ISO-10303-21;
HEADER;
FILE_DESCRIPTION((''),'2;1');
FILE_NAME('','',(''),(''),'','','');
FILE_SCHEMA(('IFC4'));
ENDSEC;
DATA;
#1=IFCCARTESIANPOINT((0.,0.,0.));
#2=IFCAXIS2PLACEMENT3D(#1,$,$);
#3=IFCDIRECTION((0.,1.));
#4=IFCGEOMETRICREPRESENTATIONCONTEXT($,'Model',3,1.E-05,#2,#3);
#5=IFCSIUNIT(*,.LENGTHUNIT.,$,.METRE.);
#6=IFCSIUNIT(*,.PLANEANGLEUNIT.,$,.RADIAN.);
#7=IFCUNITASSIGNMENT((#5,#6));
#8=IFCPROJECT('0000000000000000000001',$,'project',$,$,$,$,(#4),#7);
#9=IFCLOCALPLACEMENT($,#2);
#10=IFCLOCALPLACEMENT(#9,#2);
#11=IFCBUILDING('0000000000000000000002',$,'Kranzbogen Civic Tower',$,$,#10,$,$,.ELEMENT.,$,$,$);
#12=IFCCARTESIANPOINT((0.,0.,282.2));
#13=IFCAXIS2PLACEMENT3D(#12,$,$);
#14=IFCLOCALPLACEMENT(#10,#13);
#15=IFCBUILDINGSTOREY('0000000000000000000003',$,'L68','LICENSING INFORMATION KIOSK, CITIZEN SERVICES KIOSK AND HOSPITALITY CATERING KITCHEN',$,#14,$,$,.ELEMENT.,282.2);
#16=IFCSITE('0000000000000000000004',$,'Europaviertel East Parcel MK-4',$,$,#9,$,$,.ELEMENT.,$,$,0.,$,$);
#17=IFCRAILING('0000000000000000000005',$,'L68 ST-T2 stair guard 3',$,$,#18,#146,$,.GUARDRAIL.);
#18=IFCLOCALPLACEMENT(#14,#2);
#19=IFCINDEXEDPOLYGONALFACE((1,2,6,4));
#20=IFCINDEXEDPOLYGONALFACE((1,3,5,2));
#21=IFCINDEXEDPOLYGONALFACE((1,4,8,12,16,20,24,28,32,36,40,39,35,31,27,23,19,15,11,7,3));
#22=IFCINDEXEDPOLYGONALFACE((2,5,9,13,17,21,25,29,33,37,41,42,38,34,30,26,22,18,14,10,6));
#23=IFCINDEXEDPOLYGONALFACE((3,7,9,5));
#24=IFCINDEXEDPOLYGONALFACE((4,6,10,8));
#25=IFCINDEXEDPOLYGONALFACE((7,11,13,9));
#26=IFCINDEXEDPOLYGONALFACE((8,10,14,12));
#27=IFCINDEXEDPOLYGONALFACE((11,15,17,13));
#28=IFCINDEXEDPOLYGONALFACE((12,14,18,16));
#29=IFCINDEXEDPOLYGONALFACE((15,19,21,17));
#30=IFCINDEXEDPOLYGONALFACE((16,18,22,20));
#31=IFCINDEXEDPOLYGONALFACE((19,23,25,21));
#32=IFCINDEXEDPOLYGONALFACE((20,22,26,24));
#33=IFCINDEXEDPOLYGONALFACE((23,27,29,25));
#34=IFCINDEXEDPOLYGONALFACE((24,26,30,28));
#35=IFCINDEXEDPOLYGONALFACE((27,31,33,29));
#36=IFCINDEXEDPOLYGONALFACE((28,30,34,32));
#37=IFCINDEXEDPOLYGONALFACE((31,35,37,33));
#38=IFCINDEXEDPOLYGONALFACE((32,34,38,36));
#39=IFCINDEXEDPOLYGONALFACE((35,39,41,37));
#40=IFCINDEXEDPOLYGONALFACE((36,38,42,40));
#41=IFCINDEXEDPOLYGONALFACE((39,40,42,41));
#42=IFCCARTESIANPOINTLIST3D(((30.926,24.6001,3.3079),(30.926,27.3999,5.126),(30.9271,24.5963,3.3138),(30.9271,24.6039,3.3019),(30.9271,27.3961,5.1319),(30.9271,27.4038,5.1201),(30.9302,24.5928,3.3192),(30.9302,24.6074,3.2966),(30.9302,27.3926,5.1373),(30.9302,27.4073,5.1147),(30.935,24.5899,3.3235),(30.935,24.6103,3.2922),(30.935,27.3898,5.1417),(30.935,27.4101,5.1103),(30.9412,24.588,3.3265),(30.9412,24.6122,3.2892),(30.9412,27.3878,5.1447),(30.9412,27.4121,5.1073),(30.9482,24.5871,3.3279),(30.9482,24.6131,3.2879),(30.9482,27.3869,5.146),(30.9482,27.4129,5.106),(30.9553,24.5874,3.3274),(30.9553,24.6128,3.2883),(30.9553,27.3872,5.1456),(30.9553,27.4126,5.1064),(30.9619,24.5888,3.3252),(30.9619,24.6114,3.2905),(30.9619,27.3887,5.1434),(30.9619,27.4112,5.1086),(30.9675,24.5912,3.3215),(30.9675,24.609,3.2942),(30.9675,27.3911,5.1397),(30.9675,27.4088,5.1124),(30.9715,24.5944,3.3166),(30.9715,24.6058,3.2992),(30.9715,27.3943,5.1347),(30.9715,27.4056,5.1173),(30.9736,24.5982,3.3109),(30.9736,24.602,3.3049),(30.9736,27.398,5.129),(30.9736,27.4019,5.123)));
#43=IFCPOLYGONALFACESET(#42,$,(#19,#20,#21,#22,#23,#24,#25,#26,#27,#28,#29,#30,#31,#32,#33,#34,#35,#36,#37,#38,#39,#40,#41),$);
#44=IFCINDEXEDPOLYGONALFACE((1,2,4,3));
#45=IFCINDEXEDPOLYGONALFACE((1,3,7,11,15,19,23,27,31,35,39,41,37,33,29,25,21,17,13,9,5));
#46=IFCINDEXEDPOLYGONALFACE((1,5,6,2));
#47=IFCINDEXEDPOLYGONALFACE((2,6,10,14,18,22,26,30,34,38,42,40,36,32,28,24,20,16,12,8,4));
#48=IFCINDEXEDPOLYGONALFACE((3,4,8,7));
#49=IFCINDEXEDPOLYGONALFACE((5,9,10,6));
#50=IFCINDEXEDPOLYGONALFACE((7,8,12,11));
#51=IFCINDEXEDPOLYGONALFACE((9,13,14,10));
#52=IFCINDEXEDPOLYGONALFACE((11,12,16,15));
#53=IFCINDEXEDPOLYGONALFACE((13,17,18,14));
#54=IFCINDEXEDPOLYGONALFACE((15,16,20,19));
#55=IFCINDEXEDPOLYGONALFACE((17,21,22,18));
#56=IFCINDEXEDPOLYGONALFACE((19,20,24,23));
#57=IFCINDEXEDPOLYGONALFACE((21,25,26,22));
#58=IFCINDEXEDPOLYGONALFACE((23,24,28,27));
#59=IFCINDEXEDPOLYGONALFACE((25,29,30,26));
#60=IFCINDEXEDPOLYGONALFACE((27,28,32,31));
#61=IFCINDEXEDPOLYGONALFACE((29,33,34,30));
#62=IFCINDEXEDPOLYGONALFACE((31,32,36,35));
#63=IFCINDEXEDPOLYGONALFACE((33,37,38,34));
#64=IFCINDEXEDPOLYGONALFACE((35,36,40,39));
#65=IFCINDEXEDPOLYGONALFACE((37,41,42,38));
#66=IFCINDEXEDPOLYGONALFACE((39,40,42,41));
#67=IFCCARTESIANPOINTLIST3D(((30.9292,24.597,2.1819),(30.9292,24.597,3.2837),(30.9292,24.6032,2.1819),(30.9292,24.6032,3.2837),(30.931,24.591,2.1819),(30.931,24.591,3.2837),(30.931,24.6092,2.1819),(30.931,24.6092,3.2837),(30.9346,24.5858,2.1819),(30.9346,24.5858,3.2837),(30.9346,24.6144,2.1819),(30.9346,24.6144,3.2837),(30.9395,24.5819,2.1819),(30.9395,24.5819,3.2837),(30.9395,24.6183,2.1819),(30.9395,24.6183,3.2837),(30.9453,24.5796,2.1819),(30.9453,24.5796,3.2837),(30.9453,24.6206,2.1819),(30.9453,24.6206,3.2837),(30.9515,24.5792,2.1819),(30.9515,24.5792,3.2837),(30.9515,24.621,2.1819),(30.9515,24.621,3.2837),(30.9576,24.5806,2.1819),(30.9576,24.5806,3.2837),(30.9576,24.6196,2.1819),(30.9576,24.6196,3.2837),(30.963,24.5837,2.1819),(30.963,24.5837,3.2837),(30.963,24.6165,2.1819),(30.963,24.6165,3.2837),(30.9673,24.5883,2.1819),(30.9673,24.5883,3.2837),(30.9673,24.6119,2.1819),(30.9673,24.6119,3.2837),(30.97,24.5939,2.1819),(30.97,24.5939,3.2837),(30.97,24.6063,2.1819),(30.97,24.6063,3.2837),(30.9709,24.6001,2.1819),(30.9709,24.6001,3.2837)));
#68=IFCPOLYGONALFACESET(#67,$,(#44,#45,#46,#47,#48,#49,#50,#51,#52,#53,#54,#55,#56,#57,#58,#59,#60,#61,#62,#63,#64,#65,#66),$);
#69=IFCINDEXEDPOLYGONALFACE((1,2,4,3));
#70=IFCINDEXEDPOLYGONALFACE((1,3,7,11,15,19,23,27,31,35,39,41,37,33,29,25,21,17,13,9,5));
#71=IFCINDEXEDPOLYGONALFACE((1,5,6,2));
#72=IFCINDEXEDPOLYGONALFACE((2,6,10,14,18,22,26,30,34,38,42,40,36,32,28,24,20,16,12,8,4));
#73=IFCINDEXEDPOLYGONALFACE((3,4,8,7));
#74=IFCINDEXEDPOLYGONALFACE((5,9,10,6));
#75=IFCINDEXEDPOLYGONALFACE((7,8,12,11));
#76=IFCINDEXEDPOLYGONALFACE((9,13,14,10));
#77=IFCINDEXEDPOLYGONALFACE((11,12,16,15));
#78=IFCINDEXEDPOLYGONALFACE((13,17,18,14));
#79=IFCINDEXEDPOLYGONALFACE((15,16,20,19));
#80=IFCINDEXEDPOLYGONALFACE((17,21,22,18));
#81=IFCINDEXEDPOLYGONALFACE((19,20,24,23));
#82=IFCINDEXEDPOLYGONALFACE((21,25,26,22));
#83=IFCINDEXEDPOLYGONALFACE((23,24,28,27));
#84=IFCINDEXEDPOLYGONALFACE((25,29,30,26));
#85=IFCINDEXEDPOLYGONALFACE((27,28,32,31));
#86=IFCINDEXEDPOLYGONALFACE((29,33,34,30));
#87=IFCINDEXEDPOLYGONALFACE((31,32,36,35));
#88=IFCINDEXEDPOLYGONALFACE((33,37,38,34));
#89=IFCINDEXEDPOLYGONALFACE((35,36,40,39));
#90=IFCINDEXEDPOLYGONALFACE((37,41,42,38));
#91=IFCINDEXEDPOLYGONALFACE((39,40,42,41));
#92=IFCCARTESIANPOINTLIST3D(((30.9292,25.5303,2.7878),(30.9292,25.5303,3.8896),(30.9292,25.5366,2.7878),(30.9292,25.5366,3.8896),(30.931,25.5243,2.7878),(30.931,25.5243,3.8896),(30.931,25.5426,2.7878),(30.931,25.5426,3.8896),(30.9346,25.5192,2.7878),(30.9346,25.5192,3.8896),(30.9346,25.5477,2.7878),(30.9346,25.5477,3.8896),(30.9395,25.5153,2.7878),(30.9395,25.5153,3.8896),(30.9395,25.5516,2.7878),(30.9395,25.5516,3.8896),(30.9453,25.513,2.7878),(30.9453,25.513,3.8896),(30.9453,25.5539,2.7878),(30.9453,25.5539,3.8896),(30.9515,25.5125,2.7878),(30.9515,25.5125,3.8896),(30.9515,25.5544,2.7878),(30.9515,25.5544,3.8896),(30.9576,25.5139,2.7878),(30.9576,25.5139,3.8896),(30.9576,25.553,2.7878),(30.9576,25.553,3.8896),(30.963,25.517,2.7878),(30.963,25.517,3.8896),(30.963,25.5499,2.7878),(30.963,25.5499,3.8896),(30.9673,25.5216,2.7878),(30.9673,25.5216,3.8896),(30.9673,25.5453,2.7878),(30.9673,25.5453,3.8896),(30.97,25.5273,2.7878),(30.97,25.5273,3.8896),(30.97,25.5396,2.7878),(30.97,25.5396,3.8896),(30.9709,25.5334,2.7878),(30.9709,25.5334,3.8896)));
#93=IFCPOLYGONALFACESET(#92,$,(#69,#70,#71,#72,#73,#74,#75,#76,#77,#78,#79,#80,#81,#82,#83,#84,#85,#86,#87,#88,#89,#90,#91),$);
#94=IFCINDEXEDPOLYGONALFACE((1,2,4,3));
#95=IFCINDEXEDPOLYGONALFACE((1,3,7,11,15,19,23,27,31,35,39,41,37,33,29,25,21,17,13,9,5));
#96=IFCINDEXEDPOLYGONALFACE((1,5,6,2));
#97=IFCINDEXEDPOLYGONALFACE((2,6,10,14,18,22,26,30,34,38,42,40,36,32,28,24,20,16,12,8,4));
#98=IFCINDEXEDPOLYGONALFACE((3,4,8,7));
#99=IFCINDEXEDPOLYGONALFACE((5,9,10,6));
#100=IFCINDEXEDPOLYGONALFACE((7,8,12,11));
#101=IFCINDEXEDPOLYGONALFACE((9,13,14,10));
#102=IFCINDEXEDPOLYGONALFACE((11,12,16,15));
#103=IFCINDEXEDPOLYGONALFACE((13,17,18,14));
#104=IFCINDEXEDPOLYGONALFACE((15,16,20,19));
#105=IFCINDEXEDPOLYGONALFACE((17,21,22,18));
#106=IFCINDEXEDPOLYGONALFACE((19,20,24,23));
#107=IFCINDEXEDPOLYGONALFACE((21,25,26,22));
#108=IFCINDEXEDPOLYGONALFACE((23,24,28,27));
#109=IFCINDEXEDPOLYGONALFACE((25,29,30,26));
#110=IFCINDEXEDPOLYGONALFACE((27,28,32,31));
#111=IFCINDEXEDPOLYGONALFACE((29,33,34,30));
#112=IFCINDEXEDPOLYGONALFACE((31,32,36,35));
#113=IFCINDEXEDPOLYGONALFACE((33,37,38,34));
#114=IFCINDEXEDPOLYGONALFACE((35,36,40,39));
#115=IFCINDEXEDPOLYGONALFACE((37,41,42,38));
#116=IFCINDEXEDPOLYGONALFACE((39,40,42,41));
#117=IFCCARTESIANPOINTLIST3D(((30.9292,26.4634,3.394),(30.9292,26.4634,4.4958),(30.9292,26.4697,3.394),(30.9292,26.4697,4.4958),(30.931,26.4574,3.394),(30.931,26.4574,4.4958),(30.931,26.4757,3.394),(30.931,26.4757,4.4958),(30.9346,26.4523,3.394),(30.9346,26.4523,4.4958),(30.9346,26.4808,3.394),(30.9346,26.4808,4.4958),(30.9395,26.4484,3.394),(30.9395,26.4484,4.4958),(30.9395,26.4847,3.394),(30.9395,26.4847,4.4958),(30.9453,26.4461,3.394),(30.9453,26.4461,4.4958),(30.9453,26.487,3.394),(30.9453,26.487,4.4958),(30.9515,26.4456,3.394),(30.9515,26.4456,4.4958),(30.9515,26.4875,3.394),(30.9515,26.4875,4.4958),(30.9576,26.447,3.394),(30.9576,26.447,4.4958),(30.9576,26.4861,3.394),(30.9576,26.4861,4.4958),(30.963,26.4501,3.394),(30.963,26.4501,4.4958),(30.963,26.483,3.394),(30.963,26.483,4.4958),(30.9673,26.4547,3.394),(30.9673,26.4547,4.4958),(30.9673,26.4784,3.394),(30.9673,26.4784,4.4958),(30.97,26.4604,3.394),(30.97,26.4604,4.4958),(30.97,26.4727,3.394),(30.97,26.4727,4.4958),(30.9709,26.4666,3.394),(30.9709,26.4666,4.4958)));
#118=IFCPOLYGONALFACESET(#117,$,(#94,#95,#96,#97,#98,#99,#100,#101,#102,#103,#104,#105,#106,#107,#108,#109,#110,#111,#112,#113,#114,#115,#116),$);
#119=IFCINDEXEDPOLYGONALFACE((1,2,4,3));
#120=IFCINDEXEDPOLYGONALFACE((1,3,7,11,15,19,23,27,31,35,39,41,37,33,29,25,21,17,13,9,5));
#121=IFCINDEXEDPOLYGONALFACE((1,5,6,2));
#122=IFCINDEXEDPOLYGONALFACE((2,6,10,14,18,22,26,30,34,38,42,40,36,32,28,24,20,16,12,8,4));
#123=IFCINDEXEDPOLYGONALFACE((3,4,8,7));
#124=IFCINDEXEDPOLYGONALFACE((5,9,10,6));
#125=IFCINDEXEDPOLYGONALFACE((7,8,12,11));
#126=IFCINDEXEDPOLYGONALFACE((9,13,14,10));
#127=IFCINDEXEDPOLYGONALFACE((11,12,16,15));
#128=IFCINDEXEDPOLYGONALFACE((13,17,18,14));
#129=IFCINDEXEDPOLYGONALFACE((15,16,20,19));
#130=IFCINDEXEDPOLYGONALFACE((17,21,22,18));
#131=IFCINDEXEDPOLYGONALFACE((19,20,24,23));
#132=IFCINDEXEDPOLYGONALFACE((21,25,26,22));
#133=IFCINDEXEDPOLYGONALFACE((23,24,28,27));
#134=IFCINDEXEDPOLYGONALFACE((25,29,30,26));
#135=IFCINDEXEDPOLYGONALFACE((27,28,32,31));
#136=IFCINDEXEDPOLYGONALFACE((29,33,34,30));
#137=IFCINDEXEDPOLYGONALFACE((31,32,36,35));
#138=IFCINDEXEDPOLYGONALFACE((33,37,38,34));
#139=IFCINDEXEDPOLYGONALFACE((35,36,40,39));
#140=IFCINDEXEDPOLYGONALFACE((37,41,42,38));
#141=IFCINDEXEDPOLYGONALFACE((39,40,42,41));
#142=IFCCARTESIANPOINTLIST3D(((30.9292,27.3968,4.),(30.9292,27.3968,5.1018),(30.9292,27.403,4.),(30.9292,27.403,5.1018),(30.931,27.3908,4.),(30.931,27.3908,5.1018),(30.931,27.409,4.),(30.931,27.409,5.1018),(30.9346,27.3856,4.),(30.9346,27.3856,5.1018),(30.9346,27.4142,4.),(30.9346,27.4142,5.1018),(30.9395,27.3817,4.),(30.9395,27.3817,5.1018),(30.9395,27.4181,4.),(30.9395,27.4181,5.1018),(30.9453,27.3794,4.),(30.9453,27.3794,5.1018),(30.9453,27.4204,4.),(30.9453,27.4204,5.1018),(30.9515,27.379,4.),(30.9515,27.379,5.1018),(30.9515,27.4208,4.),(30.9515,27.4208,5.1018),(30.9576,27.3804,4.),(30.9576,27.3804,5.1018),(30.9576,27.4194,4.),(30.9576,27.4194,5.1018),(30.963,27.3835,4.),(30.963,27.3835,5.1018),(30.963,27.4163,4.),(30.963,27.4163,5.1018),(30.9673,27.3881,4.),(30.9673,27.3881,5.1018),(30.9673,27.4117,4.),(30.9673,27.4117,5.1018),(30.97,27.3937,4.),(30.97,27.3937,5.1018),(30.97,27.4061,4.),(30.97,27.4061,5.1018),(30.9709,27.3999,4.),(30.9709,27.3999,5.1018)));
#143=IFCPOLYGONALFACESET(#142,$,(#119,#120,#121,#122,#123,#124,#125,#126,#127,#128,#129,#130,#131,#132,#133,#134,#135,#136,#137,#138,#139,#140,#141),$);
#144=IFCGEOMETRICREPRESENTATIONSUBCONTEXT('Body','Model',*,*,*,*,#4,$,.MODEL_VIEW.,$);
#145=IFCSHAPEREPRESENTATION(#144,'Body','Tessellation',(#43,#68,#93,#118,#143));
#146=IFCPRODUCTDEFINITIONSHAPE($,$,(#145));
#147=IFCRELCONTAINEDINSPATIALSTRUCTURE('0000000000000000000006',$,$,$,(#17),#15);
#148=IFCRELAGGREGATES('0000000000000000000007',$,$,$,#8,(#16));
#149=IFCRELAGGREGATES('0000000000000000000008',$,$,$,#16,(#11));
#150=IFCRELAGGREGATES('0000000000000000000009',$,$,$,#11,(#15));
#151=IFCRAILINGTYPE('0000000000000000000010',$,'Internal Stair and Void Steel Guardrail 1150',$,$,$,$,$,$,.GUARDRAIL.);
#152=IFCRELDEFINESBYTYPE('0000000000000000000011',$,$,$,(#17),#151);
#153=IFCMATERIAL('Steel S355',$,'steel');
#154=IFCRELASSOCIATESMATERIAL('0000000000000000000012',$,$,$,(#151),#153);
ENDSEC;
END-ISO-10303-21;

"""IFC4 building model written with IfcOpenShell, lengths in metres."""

from ifc_helpers import new_model, si_unit, direction, frame, origin, origin_2d, place, context, subcontext, project, spatial, circle, extrude, material, type_object, element, save


model = new_model("IFC4")

# Units and contexts
model_context = context("Model", 3, precision=1e-05, world=origin(), true_north=direction((0.0, 1.0)))
body_context = subcontext(model_context, "Body", "Model", "MODEL_VIEW")
ifc_project = project(units=[si_unit("LENGTHUNIT", "METRE"), si_unit("PLANEANGLEUNIT", "RADIAN")], contexts=[model_context])

# Site, building, storey
site_placement = place(None, origin())
site = spatial("IfcSite", under=ifc_project, at=site_placement, Name="Europaviertel East Parcel MK-4", CompositionType="ELEMENT", RefElevation=0.0)
building_placement = place(site_placement, origin())
building = spatial("IfcBuilding", under=site, at=building_placement, Name="Kranzbogen Civic Tower", CompositionType="ELEMENT")
storey_placement = place(building_placement, frame((0.0, 0.0, 282.2)))
storey = spatial("IfcBuildingStorey", under=building, at=storey_placement, Name="L68", Description="LICENSING INFORMATION KIOSK, CITIZEN SERVICES KIOSK AND HOSPITALITY CATERING KITCHEN", CompositionType="ELEMENT", Elevation=282.2)

# Shared definitions
ifc_material_1 = material(Name="Steel S355", Category="steel")

# Railing
railing_type_1 = type_object("IfcRailingType", Name="Internal Stair and Void Steel Guardrail 1150", PredefinedType="GUARDRAIL", material=ifc_material_1)
railing_1_placement = place(storey_placement, frame((30.95, 24.6001, 2.1819)))
element("IfcRailing", 1, at=railing_1_placement, inside=storey, type_object=railing_type_1, Name="L68 ST-T2 stair guard 3", PredefinedType="GUARDRAIL", context=body_context, shape_type="SweptSolid", body=[
    extrude(circle(Radius=0.0239, at=origin_2d()), frame((0.0, 0.0, 1.126), z_axis=(0.0, 0.838684, 0.544618), x_axis=(-1.0, 0.0, 0.0)), (0.0, 0.0, 1.0), 3.3384),
    extrude(circle(Radius=0.021, at=origin_2d()), origin(), (0.0, 0.0, 1.0), 1.1018),
    extrude(circle(Radius=0.021, at=origin_2d()), frame((0.0, 0.9333, 0.606)), (0.0, 0.0, 1.0), 1.1018),
    extrude(circle(Radius=0.021, at=origin_2d()), frame((0.0, 1.8665, 1.2122)), (0.0, 0.0, 1.0), 1.1018),
    extrude(circle(Radius=0.021, at=origin_2d()), frame((0.0, 2.7998, 1.8181)), (0.0, 0.0, 1.0), 1.1018),
])

save(model, "model.ifc")
